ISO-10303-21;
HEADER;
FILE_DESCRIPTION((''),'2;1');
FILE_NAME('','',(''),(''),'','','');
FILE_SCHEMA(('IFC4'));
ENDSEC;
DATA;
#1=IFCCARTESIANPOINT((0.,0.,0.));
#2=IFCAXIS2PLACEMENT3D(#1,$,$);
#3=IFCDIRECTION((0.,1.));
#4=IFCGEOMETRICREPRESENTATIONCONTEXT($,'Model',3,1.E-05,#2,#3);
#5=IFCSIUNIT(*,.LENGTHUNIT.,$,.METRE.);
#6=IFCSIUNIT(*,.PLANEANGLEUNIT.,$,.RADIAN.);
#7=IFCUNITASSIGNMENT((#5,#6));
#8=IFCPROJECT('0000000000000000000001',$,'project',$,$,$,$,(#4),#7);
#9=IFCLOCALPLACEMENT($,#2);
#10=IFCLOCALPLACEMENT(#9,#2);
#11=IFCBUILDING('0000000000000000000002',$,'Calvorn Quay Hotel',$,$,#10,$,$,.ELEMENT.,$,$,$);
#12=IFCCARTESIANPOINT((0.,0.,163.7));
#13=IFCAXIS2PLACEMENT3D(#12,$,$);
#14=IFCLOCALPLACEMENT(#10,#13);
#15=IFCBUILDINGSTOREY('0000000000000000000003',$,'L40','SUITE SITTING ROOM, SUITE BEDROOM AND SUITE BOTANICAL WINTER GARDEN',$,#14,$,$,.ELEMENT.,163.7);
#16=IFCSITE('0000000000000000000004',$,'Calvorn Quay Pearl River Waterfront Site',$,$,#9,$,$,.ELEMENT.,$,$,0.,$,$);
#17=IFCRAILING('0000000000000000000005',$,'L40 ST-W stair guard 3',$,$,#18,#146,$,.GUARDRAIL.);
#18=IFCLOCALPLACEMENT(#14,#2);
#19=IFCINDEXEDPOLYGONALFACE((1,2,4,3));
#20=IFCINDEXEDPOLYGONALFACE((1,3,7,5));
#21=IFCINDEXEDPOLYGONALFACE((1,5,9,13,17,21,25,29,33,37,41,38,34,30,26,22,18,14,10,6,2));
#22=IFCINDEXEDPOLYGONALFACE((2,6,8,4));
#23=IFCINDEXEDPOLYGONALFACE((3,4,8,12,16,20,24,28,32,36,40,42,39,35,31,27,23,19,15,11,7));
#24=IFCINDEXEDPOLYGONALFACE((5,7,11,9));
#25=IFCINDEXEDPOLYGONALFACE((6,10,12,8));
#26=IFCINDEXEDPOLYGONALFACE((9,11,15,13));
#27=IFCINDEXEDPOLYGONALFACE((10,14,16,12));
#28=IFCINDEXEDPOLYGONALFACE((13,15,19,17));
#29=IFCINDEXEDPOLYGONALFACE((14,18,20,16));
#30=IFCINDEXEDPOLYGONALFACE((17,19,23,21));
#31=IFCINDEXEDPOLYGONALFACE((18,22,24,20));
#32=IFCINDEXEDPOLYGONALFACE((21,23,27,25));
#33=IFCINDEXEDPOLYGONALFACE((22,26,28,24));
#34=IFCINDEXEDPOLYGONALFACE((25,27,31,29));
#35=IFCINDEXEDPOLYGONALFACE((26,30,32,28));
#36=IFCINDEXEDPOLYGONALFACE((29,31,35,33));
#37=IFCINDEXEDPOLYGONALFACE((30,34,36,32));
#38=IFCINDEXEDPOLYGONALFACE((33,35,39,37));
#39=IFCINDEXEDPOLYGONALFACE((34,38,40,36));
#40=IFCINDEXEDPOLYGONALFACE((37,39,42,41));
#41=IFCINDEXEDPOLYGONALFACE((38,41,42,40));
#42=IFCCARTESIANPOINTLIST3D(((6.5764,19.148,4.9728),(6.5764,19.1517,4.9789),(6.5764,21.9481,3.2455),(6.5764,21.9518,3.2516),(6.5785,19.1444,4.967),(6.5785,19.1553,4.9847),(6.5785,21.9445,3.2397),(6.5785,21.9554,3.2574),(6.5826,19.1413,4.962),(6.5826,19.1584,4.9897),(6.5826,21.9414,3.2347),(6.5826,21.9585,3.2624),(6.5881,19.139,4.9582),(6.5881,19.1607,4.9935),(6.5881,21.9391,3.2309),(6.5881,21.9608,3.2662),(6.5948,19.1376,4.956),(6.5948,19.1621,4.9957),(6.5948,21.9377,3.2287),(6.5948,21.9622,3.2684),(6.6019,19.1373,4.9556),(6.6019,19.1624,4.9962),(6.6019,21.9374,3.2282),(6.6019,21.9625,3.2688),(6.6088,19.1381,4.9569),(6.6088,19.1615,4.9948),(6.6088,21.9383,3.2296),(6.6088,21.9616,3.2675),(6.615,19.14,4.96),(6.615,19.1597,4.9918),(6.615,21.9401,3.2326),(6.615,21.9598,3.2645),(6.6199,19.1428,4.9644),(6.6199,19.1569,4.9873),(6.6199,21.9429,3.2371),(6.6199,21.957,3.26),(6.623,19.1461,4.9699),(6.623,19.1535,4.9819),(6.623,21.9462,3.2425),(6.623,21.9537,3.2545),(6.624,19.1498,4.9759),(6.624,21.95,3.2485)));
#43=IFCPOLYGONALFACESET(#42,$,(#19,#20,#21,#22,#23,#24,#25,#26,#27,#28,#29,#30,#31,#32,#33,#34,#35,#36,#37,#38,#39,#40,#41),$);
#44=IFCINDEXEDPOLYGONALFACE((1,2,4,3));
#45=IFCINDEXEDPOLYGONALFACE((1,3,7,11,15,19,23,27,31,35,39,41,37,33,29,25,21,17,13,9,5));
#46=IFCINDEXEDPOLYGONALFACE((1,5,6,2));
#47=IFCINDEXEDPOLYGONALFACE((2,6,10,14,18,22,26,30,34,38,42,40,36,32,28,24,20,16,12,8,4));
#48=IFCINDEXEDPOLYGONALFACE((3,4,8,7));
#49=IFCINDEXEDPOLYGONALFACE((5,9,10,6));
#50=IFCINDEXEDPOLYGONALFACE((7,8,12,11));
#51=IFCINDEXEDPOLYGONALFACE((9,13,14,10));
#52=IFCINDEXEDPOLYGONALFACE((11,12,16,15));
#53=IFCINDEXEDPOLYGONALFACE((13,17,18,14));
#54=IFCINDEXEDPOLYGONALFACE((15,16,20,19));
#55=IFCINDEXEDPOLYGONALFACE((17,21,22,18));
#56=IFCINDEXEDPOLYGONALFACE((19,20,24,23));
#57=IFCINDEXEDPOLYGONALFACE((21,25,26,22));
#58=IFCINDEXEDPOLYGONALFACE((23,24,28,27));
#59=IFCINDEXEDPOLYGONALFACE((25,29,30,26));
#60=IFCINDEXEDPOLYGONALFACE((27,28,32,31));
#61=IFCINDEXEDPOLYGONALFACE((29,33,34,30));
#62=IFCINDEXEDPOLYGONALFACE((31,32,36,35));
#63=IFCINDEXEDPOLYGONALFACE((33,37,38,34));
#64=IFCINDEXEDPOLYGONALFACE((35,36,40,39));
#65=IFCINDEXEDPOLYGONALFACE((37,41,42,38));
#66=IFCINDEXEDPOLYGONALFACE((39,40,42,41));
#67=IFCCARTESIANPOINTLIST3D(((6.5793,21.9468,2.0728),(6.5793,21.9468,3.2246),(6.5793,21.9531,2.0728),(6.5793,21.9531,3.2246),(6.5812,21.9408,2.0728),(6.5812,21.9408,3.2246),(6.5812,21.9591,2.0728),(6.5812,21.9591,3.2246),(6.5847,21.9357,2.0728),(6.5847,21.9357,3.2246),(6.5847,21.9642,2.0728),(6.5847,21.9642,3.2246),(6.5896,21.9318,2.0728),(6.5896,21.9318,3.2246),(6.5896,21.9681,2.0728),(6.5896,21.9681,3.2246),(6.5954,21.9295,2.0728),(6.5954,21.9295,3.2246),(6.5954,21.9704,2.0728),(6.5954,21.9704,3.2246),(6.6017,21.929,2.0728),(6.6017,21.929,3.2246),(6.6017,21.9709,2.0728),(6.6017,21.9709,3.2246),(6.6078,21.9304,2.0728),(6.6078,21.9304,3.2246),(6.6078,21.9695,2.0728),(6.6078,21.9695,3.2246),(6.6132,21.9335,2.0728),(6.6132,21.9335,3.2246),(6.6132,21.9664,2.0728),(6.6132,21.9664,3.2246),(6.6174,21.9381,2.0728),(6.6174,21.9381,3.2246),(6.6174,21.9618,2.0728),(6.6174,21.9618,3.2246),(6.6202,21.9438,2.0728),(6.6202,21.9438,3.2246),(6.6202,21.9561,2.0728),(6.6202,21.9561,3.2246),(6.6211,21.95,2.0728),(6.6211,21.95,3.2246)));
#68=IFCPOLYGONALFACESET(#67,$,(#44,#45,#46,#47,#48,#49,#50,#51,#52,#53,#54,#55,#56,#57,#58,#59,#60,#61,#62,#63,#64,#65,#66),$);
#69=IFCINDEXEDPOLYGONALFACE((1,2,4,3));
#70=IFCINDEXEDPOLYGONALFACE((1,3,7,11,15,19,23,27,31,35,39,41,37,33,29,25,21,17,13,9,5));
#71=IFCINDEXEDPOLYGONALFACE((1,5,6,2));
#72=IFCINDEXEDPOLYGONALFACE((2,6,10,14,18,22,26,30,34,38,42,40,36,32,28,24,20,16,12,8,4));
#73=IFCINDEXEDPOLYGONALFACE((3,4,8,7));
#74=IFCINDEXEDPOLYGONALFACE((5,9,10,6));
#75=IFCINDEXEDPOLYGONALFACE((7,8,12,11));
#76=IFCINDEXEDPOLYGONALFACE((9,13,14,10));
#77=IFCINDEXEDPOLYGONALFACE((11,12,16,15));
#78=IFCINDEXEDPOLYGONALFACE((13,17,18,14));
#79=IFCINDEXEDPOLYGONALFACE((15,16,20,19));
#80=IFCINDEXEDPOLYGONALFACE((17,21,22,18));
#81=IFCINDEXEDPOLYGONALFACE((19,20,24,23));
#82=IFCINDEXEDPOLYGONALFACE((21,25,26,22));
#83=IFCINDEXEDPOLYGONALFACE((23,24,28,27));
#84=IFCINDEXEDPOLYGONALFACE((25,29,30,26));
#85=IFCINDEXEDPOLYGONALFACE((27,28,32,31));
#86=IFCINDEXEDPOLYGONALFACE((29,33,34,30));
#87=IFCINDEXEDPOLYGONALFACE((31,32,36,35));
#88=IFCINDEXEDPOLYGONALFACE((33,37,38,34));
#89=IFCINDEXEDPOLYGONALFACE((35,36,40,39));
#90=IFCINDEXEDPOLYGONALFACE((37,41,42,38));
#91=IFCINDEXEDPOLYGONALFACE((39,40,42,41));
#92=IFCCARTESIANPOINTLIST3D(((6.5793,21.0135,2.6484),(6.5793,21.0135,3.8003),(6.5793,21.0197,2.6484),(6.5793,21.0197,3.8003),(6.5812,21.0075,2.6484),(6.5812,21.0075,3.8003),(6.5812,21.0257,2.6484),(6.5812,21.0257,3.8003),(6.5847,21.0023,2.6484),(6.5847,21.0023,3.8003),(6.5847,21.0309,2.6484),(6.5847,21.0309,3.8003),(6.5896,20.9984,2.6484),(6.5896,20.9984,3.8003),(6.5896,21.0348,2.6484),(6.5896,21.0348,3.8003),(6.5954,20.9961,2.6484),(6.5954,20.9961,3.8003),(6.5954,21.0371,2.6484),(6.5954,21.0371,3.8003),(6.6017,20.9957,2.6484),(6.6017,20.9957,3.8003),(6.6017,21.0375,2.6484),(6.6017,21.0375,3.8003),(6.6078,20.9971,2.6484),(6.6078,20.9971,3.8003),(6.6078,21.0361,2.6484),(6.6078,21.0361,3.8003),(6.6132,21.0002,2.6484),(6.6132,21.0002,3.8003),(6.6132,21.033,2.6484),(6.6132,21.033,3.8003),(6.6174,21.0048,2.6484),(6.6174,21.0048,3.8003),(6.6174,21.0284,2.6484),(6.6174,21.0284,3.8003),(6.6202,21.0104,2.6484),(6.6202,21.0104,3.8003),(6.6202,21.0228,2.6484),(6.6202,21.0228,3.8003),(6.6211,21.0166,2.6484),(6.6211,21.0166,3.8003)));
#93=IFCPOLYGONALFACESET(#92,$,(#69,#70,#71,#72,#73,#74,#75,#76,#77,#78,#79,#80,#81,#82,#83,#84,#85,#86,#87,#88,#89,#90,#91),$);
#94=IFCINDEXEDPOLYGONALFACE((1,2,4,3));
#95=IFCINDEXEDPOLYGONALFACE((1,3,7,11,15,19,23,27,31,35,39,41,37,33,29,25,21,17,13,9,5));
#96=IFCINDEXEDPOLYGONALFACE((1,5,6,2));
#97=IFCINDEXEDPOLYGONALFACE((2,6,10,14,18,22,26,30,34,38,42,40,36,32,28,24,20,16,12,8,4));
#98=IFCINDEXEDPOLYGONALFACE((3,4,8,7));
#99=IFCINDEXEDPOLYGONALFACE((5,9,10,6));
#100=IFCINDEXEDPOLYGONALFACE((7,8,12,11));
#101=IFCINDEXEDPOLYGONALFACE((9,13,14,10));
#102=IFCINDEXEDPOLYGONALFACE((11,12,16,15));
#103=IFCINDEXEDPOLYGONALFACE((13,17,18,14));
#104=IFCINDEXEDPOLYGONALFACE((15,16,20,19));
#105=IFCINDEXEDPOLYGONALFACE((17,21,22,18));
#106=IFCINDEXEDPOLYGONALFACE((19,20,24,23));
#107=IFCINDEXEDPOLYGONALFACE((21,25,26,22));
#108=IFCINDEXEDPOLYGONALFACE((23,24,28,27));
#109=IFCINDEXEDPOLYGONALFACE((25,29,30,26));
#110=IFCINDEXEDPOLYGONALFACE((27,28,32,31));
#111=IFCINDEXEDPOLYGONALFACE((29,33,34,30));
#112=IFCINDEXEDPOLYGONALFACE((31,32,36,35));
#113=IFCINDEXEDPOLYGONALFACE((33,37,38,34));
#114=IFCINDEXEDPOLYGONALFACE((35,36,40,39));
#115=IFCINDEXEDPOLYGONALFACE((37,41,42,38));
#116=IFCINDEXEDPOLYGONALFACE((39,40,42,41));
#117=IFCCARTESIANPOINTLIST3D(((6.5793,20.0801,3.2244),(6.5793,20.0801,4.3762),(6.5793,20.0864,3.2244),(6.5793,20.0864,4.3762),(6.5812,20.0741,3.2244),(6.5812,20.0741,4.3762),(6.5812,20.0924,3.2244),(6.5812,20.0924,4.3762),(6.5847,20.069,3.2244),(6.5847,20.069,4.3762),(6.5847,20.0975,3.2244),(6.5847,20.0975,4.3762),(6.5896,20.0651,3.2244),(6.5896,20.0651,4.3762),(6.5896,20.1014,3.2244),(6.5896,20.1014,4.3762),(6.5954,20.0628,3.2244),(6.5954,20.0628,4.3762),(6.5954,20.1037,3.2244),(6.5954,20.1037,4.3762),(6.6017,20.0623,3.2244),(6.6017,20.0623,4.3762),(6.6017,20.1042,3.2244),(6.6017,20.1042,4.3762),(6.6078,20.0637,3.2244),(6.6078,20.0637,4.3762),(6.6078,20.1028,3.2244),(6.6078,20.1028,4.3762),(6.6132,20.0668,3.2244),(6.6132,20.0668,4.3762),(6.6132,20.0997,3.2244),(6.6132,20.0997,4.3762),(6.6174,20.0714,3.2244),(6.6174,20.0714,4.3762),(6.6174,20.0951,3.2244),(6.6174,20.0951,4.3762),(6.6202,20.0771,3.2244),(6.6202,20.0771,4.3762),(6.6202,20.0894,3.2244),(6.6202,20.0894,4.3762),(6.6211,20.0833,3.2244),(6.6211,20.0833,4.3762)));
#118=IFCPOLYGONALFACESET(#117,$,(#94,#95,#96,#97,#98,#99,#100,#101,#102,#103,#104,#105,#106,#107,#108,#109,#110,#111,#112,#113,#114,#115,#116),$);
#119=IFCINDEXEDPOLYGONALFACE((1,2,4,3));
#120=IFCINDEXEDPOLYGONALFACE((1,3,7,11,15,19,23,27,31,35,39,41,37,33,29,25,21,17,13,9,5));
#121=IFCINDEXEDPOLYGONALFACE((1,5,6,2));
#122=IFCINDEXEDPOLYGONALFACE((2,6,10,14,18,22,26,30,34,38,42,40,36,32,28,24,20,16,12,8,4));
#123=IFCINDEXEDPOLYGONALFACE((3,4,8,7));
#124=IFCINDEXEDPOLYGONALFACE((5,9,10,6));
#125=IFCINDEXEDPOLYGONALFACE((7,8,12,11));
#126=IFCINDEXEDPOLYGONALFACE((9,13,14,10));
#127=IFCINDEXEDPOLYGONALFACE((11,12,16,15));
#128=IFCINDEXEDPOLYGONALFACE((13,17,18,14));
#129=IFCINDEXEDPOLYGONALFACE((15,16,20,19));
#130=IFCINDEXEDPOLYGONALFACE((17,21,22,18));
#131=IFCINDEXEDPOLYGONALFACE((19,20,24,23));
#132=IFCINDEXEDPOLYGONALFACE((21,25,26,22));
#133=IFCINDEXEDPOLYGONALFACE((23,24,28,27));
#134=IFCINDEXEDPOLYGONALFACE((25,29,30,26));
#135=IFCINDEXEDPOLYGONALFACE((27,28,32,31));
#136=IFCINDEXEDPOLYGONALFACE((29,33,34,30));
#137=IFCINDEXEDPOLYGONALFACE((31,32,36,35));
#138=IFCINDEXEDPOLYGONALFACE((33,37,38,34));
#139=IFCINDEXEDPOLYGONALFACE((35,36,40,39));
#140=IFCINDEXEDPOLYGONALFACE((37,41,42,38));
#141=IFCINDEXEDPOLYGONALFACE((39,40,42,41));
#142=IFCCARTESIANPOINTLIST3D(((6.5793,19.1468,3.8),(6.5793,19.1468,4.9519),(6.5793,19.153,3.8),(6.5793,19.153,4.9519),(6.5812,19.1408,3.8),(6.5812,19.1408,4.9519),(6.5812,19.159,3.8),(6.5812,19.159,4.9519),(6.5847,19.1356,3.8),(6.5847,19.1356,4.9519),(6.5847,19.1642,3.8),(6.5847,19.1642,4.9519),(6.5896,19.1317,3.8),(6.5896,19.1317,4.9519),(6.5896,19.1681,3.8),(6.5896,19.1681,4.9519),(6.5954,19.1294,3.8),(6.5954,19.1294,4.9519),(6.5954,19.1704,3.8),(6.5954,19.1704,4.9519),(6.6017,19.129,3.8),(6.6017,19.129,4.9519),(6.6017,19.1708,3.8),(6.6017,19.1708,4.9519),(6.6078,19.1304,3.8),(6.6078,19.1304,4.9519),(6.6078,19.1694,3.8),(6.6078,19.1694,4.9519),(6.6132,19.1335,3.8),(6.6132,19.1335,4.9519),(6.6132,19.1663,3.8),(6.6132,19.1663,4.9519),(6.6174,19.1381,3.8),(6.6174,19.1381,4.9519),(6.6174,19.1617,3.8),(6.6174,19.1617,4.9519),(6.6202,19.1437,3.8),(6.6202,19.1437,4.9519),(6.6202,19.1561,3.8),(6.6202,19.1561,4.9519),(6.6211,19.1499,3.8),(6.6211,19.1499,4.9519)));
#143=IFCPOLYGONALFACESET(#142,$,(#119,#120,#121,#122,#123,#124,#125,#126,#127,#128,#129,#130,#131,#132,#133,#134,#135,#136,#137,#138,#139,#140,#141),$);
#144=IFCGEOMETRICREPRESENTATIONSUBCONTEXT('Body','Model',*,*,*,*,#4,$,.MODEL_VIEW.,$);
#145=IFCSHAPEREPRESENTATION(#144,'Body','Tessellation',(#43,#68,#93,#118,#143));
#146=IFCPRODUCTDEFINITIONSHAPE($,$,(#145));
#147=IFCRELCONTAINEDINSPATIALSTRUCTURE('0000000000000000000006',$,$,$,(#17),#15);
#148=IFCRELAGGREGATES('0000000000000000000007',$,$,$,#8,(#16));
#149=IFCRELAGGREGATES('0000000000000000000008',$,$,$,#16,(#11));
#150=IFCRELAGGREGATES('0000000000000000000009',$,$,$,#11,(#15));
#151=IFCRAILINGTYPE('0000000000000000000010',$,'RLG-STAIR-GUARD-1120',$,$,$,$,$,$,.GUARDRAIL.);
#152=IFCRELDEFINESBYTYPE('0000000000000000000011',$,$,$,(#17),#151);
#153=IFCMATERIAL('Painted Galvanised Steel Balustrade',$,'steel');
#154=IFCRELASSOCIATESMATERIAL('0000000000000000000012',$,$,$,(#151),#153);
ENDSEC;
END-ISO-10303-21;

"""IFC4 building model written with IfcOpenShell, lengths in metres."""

from ifc_helpers import new_model, si_unit, direction, frame, origin, origin_2d, place, context, subcontext, project, spatial, circle, extrude, material, type_object, element, save


model = new_model("IFC4")

# Units and contexts
model_context = context("Model", 3, precision=1e-05, world=origin(), true_north=direction((0.0, 1.0)))
body_context = subcontext(model_context, "Body", "Model", "MODEL_VIEW")
ifc_project = project(units=[si_unit("LENGTHUNIT", "METRE"), si_unit("PLANEANGLEUNIT", "RADIAN")], contexts=[model_context])

# Site, building, storey
site_placement = place(None, origin())
site = spatial("IfcSite", under=ifc_project, at=site_placement, Name="Calvorn Quay Pearl River Waterfront Site", CompositionType="ELEMENT", RefElevation=0.0)
building_placement = place(site_placement, origin())
building = spatial("IfcBuilding", under=site, at=building_placement, Name="Calvorn Quay Hotel", CompositionType="ELEMENT")
storey_placement = place(building_placement, frame((0.0, 0.0, 163.7)))
storey = spatial("IfcBuildingStorey", under=building, at=storey_placement, Name="L40", Description="SUITE SITTING ROOM, SUITE BEDROOM AND SUITE BOTANICAL WINTER GARDEN", CompositionType="ELEMENT", Elevation=163.7)

# Railing
ifc_material_1 = material(Name="Painted Galvanised Steel Balustrade", Category="steel")
railing_type_1 = type_object("IfcRailingType", Name="RLG-STAIR-GUARD-1120", PredefinedType="GUARDRAIL", material=ifc_material_1)
railing_1_placement = place(storey_placement, frame((6.6001, 21.95, 2.0728)))
element("IfcRailing", 1, at=railing_1_placement, inside=storey, type_object=railing_type_1, Name="L40 ST-W stair guard 3", PredefinedType="GUARDRAIL", context=body_context, shape_type="SweptSolid", body=[
    extrude(circle(Radius=0.0239, at=origin_2d()), frame((0.0, 0.0, 1.1758), z_axis=(0.0, -0.85109, 0.52502), x_axis=(1.0, 0.0, 0.0)), (0.0, 0.0, 1.0), 3.29),
    extrude(circle(Radius=0.021, at=origin_2d()), origin(), (0.0, 0.0, 1.0), 1.1519),
    extrude(circle(Radius=0.021, at=origin_2d()), frame((0.0, -0.9333, 0.5757)), (0.0, 0.0, 1.0), 1.1519),
    extrude(circle(Radius=0.021, at=origin_2d()), frame((0.0, -1.8667, 1.1516)), (0.0, 0.0, 1.0), 1.1519),
    extrude(circle(Radius=0.021, at=origin_2d()), frame((0.0, -2.8, 1.7273)), (0.0, 0.0, 1.0), 1.1519),
])

save(model, "model.ifc")
